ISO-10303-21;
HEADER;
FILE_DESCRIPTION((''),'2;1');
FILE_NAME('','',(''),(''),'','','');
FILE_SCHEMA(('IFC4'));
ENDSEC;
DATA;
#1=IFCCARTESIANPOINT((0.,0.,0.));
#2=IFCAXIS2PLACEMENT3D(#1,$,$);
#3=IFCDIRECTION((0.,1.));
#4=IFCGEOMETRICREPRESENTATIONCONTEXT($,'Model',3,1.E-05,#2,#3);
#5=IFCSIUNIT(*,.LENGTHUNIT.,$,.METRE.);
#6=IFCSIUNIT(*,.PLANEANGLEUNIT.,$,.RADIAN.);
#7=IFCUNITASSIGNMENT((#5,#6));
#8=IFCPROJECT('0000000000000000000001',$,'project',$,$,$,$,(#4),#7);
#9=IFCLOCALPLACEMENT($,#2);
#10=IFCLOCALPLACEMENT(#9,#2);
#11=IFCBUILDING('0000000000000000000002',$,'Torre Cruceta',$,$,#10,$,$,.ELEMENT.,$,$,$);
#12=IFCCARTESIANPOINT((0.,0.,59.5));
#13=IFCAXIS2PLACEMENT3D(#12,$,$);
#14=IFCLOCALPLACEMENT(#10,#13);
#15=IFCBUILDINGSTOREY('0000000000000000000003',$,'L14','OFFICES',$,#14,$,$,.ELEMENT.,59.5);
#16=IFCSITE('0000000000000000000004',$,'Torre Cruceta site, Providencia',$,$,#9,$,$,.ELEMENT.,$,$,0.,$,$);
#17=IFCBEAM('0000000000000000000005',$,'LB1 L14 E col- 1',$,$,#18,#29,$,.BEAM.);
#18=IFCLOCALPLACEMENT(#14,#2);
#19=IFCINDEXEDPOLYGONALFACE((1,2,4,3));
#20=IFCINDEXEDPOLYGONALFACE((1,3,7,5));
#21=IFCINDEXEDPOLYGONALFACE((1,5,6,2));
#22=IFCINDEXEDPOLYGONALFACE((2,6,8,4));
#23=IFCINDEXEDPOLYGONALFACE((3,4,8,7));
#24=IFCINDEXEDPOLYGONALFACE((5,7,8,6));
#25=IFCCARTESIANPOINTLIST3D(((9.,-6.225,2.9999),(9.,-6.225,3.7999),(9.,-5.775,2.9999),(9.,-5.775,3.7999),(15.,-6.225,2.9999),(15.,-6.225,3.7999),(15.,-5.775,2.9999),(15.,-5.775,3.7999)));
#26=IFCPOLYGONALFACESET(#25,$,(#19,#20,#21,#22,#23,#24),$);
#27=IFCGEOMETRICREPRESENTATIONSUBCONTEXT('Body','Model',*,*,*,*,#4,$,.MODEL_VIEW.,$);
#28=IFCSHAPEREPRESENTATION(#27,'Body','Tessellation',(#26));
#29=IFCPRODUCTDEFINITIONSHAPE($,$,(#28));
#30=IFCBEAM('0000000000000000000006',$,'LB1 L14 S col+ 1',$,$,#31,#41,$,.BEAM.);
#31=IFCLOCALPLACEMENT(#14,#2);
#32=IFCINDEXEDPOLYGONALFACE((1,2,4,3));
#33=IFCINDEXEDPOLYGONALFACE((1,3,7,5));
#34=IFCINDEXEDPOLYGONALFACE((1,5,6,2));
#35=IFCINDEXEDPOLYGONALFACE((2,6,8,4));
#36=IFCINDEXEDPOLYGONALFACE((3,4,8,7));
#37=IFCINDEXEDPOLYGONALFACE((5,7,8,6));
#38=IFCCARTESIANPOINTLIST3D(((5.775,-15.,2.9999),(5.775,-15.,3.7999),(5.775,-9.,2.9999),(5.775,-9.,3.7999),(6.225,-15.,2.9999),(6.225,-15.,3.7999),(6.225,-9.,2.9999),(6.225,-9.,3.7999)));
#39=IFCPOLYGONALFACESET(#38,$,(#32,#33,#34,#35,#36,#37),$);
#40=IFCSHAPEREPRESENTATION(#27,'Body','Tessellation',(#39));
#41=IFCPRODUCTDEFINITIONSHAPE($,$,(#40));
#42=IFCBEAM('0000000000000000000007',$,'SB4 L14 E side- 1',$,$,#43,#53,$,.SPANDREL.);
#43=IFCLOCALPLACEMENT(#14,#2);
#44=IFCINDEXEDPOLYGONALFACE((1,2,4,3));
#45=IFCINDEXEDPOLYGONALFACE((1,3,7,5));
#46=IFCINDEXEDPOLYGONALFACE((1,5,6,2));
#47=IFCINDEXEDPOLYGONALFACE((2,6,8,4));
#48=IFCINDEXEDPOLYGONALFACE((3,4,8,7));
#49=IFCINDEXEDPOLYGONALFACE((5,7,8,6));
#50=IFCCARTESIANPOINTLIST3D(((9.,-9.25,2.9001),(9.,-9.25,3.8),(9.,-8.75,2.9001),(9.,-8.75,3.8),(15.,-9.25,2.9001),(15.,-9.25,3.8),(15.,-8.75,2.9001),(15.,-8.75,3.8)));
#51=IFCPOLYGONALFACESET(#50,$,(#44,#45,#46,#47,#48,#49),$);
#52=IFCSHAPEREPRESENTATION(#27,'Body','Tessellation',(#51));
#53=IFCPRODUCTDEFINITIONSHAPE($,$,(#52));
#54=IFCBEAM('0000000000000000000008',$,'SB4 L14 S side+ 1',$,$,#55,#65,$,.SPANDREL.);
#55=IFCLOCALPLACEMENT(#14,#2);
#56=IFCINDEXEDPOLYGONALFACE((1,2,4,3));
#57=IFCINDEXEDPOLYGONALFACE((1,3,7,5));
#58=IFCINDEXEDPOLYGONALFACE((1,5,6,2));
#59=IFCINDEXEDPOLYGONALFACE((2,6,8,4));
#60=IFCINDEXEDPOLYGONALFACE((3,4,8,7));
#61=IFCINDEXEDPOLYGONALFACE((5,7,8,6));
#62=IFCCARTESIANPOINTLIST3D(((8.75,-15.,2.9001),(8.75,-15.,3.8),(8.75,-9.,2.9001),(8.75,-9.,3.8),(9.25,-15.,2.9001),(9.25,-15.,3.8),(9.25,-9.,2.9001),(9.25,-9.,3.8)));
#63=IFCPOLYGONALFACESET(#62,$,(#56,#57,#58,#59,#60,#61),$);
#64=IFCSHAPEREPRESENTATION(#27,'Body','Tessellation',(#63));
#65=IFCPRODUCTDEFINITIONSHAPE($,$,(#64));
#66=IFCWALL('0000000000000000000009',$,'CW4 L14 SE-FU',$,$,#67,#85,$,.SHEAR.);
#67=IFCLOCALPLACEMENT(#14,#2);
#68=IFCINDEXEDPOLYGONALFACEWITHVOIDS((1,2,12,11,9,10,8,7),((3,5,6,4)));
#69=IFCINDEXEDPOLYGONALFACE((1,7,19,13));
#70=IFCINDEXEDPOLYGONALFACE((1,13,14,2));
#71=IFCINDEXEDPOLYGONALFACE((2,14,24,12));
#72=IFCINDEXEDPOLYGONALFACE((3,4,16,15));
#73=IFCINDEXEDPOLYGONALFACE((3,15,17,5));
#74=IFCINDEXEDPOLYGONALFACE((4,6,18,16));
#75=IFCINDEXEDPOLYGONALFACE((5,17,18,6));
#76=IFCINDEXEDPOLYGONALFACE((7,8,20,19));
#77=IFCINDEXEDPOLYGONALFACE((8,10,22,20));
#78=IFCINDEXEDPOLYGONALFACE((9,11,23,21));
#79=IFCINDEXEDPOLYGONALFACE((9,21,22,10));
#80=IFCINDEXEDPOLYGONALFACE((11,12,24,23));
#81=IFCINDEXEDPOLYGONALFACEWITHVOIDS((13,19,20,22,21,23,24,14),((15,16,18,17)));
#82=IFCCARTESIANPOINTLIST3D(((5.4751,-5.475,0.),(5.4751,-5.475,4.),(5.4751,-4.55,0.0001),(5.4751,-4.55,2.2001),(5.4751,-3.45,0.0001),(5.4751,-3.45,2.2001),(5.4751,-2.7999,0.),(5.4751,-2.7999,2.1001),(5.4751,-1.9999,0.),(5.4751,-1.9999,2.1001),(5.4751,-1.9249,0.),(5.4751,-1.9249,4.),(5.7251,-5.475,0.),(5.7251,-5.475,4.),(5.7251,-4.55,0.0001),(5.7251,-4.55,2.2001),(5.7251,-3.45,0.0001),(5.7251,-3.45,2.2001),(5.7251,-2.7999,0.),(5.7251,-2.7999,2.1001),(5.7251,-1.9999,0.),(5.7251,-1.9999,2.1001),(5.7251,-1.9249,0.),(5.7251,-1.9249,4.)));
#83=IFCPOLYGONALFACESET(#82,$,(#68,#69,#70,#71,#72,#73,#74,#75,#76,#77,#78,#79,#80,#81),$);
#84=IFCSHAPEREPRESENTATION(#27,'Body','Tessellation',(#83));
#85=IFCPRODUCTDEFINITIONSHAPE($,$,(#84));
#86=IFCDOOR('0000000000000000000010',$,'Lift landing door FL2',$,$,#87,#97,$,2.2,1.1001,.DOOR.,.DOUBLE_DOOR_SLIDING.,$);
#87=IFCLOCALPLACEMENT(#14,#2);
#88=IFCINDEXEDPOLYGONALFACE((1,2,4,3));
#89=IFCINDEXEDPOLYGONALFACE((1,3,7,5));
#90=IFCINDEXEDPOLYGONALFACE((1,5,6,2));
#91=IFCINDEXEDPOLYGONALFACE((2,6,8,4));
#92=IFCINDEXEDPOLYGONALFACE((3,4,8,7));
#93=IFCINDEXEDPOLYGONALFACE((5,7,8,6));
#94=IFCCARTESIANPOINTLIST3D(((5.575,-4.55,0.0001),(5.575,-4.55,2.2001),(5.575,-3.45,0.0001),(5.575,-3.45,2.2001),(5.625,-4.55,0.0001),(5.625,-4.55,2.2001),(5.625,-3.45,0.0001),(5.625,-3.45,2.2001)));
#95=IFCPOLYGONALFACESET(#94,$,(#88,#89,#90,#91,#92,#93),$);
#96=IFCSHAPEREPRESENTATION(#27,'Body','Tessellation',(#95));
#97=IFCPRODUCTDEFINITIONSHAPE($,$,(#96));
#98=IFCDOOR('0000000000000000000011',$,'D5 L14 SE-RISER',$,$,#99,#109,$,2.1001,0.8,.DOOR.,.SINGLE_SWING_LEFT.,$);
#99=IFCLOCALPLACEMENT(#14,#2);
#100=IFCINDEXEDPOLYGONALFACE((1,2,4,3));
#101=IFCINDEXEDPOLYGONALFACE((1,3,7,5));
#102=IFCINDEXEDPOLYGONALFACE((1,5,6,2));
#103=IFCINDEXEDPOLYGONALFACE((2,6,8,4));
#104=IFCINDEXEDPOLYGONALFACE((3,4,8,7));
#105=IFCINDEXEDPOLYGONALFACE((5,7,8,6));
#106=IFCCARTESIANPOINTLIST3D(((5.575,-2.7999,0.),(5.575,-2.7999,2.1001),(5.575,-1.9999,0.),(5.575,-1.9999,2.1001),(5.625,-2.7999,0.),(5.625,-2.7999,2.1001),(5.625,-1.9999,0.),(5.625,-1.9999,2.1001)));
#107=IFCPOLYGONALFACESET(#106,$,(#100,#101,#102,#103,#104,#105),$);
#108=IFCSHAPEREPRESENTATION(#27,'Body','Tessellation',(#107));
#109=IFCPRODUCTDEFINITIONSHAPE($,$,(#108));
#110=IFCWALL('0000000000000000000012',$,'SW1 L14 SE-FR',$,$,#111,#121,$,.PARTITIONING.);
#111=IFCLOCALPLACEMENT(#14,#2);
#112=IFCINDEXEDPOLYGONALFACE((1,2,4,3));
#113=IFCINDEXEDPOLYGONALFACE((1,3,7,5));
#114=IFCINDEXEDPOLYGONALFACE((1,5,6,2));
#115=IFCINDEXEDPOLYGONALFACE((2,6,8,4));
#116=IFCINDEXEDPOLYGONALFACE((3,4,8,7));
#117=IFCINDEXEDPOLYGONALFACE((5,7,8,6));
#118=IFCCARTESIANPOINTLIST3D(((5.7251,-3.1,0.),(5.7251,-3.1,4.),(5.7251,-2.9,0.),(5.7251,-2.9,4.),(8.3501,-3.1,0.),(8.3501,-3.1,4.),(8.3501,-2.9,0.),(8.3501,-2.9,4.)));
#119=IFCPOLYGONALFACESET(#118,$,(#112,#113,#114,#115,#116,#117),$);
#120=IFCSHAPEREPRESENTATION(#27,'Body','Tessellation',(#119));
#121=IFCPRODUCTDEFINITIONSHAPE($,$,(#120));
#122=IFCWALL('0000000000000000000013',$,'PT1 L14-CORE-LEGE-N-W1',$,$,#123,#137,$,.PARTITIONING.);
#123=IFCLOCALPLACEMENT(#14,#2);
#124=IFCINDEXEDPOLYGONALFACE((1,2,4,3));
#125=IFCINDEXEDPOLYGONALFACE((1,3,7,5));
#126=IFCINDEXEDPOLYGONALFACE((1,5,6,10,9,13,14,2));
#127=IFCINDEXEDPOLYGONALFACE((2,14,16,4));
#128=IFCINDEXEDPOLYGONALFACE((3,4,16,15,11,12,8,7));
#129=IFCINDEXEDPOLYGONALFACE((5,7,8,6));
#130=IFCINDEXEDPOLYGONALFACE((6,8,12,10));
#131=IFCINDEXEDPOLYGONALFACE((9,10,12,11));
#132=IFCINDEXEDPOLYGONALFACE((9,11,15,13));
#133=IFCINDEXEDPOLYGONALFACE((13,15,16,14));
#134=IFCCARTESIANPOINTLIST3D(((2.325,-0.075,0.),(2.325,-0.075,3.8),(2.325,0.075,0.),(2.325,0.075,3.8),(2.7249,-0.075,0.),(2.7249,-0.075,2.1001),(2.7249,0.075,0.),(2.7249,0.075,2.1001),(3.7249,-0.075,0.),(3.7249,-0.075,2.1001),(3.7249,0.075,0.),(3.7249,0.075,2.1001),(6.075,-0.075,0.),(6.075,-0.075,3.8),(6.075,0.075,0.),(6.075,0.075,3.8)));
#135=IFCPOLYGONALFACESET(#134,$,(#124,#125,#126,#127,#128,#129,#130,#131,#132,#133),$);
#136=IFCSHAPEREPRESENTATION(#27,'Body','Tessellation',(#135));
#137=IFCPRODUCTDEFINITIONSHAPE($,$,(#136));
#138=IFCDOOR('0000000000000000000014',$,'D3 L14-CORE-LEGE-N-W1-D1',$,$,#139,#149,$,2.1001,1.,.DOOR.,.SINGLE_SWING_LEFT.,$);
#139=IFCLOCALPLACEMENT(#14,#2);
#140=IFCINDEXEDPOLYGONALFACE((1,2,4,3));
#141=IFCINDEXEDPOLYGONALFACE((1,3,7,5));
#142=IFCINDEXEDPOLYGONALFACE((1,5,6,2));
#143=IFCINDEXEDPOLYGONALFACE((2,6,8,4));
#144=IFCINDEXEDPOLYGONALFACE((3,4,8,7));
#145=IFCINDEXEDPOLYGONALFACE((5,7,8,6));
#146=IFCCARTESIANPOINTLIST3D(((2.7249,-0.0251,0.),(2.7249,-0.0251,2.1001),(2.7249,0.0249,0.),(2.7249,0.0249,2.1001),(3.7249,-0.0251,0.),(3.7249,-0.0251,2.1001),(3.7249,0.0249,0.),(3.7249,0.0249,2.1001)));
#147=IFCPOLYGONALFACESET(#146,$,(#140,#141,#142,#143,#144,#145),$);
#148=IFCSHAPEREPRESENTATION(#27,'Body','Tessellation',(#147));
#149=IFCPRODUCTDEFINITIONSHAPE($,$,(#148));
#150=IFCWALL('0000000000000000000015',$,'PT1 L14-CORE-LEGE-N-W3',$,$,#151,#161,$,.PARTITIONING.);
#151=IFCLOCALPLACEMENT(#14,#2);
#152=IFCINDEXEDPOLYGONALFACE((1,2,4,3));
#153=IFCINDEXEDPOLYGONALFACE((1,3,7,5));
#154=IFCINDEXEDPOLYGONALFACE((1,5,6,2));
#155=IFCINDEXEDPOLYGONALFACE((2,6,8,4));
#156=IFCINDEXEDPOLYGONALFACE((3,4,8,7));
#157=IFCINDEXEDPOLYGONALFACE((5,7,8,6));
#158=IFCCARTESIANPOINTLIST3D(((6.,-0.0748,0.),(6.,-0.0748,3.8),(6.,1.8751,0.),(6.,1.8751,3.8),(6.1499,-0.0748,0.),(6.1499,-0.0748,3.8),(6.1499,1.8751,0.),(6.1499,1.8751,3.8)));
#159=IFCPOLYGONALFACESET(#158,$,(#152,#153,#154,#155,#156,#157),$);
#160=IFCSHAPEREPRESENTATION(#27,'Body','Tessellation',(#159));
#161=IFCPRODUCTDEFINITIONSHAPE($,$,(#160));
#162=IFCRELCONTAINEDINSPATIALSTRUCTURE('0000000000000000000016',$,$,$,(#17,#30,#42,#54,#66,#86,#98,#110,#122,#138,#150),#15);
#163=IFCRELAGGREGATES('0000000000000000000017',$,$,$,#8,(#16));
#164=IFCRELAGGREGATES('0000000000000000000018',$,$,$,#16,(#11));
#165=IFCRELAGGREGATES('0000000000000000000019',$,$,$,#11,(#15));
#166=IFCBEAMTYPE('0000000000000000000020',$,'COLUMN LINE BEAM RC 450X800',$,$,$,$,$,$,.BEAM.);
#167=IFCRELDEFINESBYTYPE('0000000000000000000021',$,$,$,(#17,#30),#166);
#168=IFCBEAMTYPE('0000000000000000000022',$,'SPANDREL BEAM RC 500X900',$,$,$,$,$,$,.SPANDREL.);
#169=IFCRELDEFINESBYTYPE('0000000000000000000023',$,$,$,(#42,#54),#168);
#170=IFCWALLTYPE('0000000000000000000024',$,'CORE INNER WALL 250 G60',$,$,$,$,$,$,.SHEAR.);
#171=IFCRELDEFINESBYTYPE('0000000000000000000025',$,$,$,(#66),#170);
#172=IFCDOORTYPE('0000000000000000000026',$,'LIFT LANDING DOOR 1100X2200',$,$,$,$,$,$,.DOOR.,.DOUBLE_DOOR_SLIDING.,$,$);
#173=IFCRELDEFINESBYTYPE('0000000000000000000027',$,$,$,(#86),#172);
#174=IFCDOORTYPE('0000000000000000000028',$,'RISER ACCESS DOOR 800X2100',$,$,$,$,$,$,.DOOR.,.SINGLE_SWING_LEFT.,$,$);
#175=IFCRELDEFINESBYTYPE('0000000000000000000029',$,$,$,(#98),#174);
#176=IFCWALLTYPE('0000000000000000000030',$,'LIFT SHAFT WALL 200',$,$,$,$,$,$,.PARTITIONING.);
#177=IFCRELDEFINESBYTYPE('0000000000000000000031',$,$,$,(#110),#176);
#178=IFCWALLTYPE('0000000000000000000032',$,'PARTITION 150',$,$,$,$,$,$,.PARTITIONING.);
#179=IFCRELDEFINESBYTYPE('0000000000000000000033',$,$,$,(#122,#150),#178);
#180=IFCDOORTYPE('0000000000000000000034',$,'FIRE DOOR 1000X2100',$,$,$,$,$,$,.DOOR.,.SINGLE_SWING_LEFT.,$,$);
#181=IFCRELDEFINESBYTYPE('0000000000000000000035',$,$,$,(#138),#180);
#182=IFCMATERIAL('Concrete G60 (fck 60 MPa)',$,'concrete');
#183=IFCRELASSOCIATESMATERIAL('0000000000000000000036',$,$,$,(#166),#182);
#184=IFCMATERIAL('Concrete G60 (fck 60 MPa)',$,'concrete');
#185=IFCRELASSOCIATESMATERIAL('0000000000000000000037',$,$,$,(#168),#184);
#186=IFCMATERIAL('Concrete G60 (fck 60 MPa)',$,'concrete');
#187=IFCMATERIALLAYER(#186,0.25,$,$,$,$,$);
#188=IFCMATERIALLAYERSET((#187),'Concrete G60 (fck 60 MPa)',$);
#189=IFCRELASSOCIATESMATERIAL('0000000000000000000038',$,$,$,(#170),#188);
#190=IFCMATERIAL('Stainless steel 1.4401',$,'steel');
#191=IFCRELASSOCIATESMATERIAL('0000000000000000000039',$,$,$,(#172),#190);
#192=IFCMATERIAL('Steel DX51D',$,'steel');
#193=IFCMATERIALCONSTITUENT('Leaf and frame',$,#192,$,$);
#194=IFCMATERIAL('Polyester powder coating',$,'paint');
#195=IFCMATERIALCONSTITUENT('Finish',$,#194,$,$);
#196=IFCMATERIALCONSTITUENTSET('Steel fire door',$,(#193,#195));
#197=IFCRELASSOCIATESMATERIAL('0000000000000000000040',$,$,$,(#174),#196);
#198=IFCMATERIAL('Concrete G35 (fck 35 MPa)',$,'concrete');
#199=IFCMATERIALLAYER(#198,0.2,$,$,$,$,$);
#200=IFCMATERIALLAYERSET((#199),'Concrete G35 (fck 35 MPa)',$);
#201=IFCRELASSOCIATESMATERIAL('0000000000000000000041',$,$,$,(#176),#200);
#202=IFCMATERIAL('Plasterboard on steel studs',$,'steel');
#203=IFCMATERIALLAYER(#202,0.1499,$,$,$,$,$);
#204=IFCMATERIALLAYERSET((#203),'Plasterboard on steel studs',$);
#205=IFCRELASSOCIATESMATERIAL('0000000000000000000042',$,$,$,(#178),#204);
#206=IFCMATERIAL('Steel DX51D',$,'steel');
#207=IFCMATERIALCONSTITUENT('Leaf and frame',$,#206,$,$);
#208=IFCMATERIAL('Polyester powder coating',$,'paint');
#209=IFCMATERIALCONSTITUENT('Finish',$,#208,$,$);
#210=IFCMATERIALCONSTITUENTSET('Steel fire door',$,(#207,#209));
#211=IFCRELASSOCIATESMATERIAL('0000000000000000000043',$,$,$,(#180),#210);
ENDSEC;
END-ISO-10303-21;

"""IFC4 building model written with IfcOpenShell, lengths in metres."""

from ifc_helpers import new_model, si_unit, direction, frame, frame_2d, origin, origin_2d, place, context, subcontext, project, spatial, rectangle, extrude, material, layer, layer_set, constituent, constituent_set, material_profile, profile_set, type_object, element, fill, save


model = new_model("IFC4")

# Units and contexts
model_context = context("Model", 3, precision=1e-05, world=origin(), true_north=direction((0.0, 1.0)))
body_context = subcontext(model_context, "Body", "Model", "MODEL_VIEW")
ifc_project = project(units=[si_unit("LENGTHUNIT", "METRE"), si_unit("PLANEANGLEUNIT", "RADIAN")], contexts=[model_context])

# Site, building, storey
site_placement = place(None, origin())
site = spatial("IfcSite", under=ifc_project, at=site_placement, Name="Torre Cruceta site, Providencia", CompositionType="ELEMENT", RefElevation=0.0)
building_placement = place(site_placement, origin())
building = spatial("IfcBuilding", under=site, at=building_placement, Name="Torre Cruceta", CompositionType="ELEMENT")
storey_placement = place(building_placement, frame((0.0, 0.0, 59.5)))
storey = spatial("IfcBuildingStorey", under=building, at=storey_placement, Name="L14", Description="OFFICES", CompositionType="ELEMENT", Elevation=59.5)

# Beams
ifc_material_1 = material(Name="Concrete G60 (fck 60 MPa)", Category="concrete")
ifc_material_profile_1 = material_profile(ifc_material_1, rectangle(XDim=0.45, YDim=0.8, at=origin_2d()), Name="RC 450X800")
ifc_profile_set_1 = profile_set([ifc_material_profile_1], Name="Concrete G60 (fck 60 MPa)")
beam_type_1 = type_object("IfcBeamType", Name="COLUMN LINE BEAM RC 450X800", PredefinedType="BEAM", material=ifc_profile_set_1)
for number, where, z_axis, x_axis, name in (
    (1, (9.0, -6.0, 3.3999), (1.0, 0.0, 0.0), (0.0, 1.0, 0.0), "LB1 L14 E col- 1"),
    (2, (6.0, -9.0, 3.3999), (0.0, -1.0, 0.0), (1.0, 0.0, 0.0), "LB1 L14 S col+ 1"),
):
    element("IfcBeam", number, at=place(storey_placement, frame(where, z_axis=z_axis, x_axis=x_axis)), inside=storey, type_object=beam_type_1, Name=name, PredefinedType="BEAM", context=body_context, shape_type="SweptSolid", body=[
        extrude(rectangle(XDim=0.45, YDim=0.8, at=origin_2d()), origin(), (0.0, 0.0, 1.0), 6.0),
    ])
ifc_material_2 = material(Name="Concrete G60 (fck 60 MPa)", Category="concrete")
ifc_material_profile_2 = material_profile(ifc_material_2, rectangle(XDim=0.5, YDim=0.8999, at=origin_2d()), Name="RC 500X900")
ifc_profile_set_2 = profile_set([ifc_material_profile_2], Name="Concrete G60 (fck 60 MPa)")
beam_type_2 = type_object("IfcBeamType", Name="SPANDREL BEAM RC 500X900", PredefinedType="SPANDREL", material=ifc_profile_set_2)
for number, where, z_axis, x_axis, name in (
    (3, (9.0, -9.0, 3.3501), (1.0, 0.0, 0.0), (0.0, 1.0, 0.0), "SB4 L14 E side- 1"),
    (4, (9.0, -9.0, 3.3501), (0.0, -1.0, 0.0), (1.0, 0.0, 0.0), "SB4 L14 S side+ 1"),
):
    element("IfcBeam", number, at=place(storey_placement, frame(where, z_axis=z_axis, x_axis=x_axis)), inside=storey, type_object=beam_type_2, Name=name, PredefinedType="SPANDREL", context=body_context, shape_type="SweptSolid", body=[
        extrude(rectangle(XDim=0.5, YDim=0.8999, at=origin_2d()), origin(), (0.0, 0.0, 1.0), 6.0),
    ])

# Wall, openings, doors
ifc_material_3 = material(Name="Concrete G60 (fck 60 MPa)", Category="concrete")
ifc_layer_1 = layer(ifc_material_3, 0.25)
ifc_layer_set_1 = layer_set([ifc_layer_1], Name="Concrete G60 (fck 60 MPa)")
wall_type_1 = type_object("IfcWallType", Name="CORE INNER WALL 250 G60", PredefinedType="SHEAR", material=ifc_layer_set_1)
wall_1_placement = place(storey_placement, frame((5.6001, -1.925, 0.0), z_axis=(0.0, 0.0, 1.0), x_axis=(0.0, -1.0, 0.0)))
wall_1 = element("IfcWall", 5, at=wall_1_placement, inside=storey, type_object=wall_type_1, Name="CW4 L14 SE-FU", PredefinedType="SHEAR", context=body_context, shape_type="SweptSolid", body=[
    extrude(rectangle(XDim=3.55, YDim=0.25, at=frame_2d((1.7749, 0.0))), origin(), (0.0, 0.0, 1.0), 4.0),
])
opening_1_placement = place(wall_1_placement, frame((1.5249, 0.0, 0.0)))
opening_1 = element("IfcOpeningElement", 6, at=opening_1_placement, cuts=wall_1, PredefinedType="OPENING", context=body_context, shape_type="SweptSolid", body=[
    extrude(rectangle(XDim=1.1001, YDim=2.2, at=frame_2d((0.55, 1.1001))), frame((0.0, 0.135, 0.0), z_axis=(0.0, -1.0, 0.0), x_axis=(1.0, 0.0, 0.0)), (0.0, 0.0, 1.0), 0.27),
])
opening_2_placement = place(wall_1_placement, frame((0.075, 0.0, 0.0)))
opening_2 = element("IfcOpeningElement", 7, at=opening_2_placement, cuts=wall_1, PredefinedType="OPENING", context=body_context, shape_type="SweptSolid", body=[
    extrude(rectangle(XDim=0.8, YDim=2.1001, at=frame_2d((0.3999, 1.05))), frame((0.0, 0.135, 0.0), z_axis=(0.0, -1.0, 0.0), x_axis=(1.0, 0.0, 0.0)), (0.0, 0.0, 1.0), 0.27),
])
ifc_material_4 = material(Name="Stainless steel 1.4401", Category="steel")
door_type_1 = type_object("IfcDoorType", Name="LIFT LANDING DOOR 1100X2200", OperationType="DOUBLE_DOOR_SLIDING", PredefinedType="DOOR", material=ifc_material_4)
door_1_placement = place(opening_1_placement, origin())
door_1 = element("IfcDoor", 8, at=door_1_placement, inside=storey, type_object=door_type_1, Name="Lift landing door FL2", OperationType="DOUBLE_DOOR_SLIDING", OverallHeight=2.2, OverallWidth=1.1001, PredefinedType="DOOR", context=body_context, shape_type="SweptSolid", body=[
    extrude(rectangle(XDim=1.1001, YDim=2.2, at=frame_2d((0.55, 1.1001))), frame((0.0, 0.0249, 0.0), z_axis=(0.0, -1.0, 0.0), x_axis=(1.0, 0.0, 0.0)), (0.0, 0.0, 1.0), 0.05),
])
fill(opening_1, door_1)
ifc_material_5 = material(Name="Steel DX51D", Category="steel")
ifc_constituent_1 = constituent(ifc_material_5, Name="Leaf and frame")
ifc_material_6 = material(Name="Polyester powder coating", Category="paint")
ifc_constituent_2 = constituent(ifc_material_6, Name="Finish")
ifc_constituent_set_1 = constituent_set(constituents=[ifc_constituent_1, ifc_constituent_2], Name="Steel fire door")
door_type_2 = type_object("IfcDoorType", Name="RISER ACCESS DOOR 800X2100", OperationType="SINGLE_SWING_LEFT", PredefinedType="DOOR", material=ifc_constituent_set_1)
door_2_placement = place(opening_2_placement, origin())
door_2 = element("IfcDoor", 9, at=door_2_placement, inside=storey, type_object=door_type_2, Name="D5 L14 SE-RISER", OperationType="SINGLE_SWING_LEFT", OverallHeight=2.1001, OverallWidth=0.8, PredefinedType="DOOR", context=body_context, shape_type="SweptSolid", body=[
    extrude(rectangle(XDim=0.8, YDim=2.1001, at=frame_2d((0.3999, 1.05))), frame((0.0, 0.0249, 0.0), z_axis=(0.0, -1.0, 0.0), x_axis=(1.0, 0.0, 0.0)), (0.0, 0.0, 1.0), 0.05),
])
fill(opening_2, door_2)

# Wall
ifc_material_7 = material(Name="Concrete G35 (fck 35 MPa)", Category="concrete")
ifc_layer_2 = layer(ifc_material_7, 0.2)
ifc_layer_set_2 = layer_set([ifc_layer_2], Name="Concrete G35 (fck 35 MPa)")
wall_type_2 = type_object("IfcWallType", Name="LIFT SHAFT WALL 200", PredefinedType="PARTITIONING", material=ifc_layer_set_2)
wall_2_placement = place(storey_placement, frame((5.7251, -3.0, 0.0), z_axis=(0.0, 0.0, 1.0), x_axis=(1.0, 0.0, 0.0)))
element("IfcWall", 10, at=wall_2_placement, inside=storey, type_object=wall_type_2, Name="SW1 L14 SE-FR", PredefinedType="PARTITIONING", context=body_context, shape_type="SweptSolid", body=[
    extrude(rectangle(XDim=2.625, YDim=0.2, at=frame_2d((1.3125, 0.0))), origin(), (0.0, 0.0, 1.0), 4.0),
])

# Wall, opening, door
ifc_material_8 = material(Name="Plasterboard on steel studs", Category="steel")
ifc_layer_3 = layer(ifc_material_8, 0.1499)
ifc_layer_set_3 = layer_set([ifc_layer_3], Name="Plasterboard on steel studs")
wall_type_3 = type_object("IfcWallType", Name="PARTITION 150", PredefinedType="PARTITIONING", material=ifc_layer_set_3)
wall_3_placement = place(storey_placement, frame((2.325, 0.0, 0.0), z_axis=(0.0, 0.0, 1.0), x_axis=(1.0, 0.0, 0.0)))
wall_3 = element("IfcWall", 11, at=wall_3_placement, inside=storey, type_object=wall_type_3, Name="PT1 L14-CORE-LEGE-N-W1", PredefinedType="PARTITIONING", context=body_context, shape_type="SweptSolid", body=[
    extrude(rectangle(XDim=3.75, YDim=0.1499, at=frame_2d((1.875, 0.0))), origin(), (0.0, 0.0, 1.0), 3.8),
])
opening_3_placement = place(wall_3_placement, frame((0.3999, 0.0, 0.0)))
opening_3 = element("IfcOpeningElement", 12, at=opening_3_placement, cuts=wall_3, PredefinedType="OPENING", context=body_context, shape_type="SweptSolid", body=[
    extrude(rectangle(XDim=1.0, YDim=2.1001, at=frame_2d((0.5, 1.05))), frame((0.0, 0.085, 0.0), z_axis=(0.0, -1.0, 0.0), x_axis=(1.0, 0.0, 0.0)), (0.0, 0.0, 1.0), 0.1699),
])
ifc_material_9 = material(Name="Steel DX51D", Category="steel")
ifc_constituent_3 = constituent(ifc_material_9, Name="Leaf and frame")
ifc_material_10 = material(Name="Polyester powder coating", Category="paint")
ifc_constituent_4 = constituent(ifc_material_10, Name="Finish")
ifc_constituent_set_2 = constituent_set(constituents=[ifc_constituent_3, ifc_constituent_4], Name="Steel fire door")
door_type_3 = type_object("IfcDoorType", Name="FIRE DOOR 1000X2100", OperationType="SINGLE_SWING_LEFT", PredefinedType="DOOR", material=ifc_constituent_set_2)
door_3_placement = place(opening_3_placement, origin())
door_3 = element("IfcDoor", 13, at=door_3_placement, inside=storey, type_object=door_type_3, Name="D3 L14-CORE-LEGE-N-W1-D1", OperationType="SINGLE_SWING_LEFT", OverallHeight=2.1001, OverallWidth=1.0, PredefinedType="DOOR", context=body_context, shape_type="SweptSolid", body=[
    extrude(rectangle(XDim=1.0, YDim=2.1001, at=frame_2d((0.5, 1.05))), frame((0.0, 0.0249, 0.0), z_axis=(0.0, -1.0, 0.0), x_axis=(1.0, 0.0, 0.0)), (0.0, 0.0, 1.0), 0.05),
])
fill(opening_3, door_3)

# Wall
wall_4_placement = place(storey_placement, frame((6.075, -0.075, 0.0), z_axis=(0.0, 0.0, 1.0), x_axis=(0.0, 1.0, 0.0)))
element("IfcWall", 14, at=wall_4_placement, inside=storey, type_object=wall_type_3, Name="PT1 L14-CORE-LEGE-N-W3", PredefinedType="PARTITIONING", context=body_context, shape_type="SweptSolid", body=[
    extrude(rectangle(XDim=1.95, YDim=0.1499, at=frame_2d((0.9751, 0.0))), origin(), (0.0, 0.0, 1.0), 3.8),
])

save(model, "model.ifc")
